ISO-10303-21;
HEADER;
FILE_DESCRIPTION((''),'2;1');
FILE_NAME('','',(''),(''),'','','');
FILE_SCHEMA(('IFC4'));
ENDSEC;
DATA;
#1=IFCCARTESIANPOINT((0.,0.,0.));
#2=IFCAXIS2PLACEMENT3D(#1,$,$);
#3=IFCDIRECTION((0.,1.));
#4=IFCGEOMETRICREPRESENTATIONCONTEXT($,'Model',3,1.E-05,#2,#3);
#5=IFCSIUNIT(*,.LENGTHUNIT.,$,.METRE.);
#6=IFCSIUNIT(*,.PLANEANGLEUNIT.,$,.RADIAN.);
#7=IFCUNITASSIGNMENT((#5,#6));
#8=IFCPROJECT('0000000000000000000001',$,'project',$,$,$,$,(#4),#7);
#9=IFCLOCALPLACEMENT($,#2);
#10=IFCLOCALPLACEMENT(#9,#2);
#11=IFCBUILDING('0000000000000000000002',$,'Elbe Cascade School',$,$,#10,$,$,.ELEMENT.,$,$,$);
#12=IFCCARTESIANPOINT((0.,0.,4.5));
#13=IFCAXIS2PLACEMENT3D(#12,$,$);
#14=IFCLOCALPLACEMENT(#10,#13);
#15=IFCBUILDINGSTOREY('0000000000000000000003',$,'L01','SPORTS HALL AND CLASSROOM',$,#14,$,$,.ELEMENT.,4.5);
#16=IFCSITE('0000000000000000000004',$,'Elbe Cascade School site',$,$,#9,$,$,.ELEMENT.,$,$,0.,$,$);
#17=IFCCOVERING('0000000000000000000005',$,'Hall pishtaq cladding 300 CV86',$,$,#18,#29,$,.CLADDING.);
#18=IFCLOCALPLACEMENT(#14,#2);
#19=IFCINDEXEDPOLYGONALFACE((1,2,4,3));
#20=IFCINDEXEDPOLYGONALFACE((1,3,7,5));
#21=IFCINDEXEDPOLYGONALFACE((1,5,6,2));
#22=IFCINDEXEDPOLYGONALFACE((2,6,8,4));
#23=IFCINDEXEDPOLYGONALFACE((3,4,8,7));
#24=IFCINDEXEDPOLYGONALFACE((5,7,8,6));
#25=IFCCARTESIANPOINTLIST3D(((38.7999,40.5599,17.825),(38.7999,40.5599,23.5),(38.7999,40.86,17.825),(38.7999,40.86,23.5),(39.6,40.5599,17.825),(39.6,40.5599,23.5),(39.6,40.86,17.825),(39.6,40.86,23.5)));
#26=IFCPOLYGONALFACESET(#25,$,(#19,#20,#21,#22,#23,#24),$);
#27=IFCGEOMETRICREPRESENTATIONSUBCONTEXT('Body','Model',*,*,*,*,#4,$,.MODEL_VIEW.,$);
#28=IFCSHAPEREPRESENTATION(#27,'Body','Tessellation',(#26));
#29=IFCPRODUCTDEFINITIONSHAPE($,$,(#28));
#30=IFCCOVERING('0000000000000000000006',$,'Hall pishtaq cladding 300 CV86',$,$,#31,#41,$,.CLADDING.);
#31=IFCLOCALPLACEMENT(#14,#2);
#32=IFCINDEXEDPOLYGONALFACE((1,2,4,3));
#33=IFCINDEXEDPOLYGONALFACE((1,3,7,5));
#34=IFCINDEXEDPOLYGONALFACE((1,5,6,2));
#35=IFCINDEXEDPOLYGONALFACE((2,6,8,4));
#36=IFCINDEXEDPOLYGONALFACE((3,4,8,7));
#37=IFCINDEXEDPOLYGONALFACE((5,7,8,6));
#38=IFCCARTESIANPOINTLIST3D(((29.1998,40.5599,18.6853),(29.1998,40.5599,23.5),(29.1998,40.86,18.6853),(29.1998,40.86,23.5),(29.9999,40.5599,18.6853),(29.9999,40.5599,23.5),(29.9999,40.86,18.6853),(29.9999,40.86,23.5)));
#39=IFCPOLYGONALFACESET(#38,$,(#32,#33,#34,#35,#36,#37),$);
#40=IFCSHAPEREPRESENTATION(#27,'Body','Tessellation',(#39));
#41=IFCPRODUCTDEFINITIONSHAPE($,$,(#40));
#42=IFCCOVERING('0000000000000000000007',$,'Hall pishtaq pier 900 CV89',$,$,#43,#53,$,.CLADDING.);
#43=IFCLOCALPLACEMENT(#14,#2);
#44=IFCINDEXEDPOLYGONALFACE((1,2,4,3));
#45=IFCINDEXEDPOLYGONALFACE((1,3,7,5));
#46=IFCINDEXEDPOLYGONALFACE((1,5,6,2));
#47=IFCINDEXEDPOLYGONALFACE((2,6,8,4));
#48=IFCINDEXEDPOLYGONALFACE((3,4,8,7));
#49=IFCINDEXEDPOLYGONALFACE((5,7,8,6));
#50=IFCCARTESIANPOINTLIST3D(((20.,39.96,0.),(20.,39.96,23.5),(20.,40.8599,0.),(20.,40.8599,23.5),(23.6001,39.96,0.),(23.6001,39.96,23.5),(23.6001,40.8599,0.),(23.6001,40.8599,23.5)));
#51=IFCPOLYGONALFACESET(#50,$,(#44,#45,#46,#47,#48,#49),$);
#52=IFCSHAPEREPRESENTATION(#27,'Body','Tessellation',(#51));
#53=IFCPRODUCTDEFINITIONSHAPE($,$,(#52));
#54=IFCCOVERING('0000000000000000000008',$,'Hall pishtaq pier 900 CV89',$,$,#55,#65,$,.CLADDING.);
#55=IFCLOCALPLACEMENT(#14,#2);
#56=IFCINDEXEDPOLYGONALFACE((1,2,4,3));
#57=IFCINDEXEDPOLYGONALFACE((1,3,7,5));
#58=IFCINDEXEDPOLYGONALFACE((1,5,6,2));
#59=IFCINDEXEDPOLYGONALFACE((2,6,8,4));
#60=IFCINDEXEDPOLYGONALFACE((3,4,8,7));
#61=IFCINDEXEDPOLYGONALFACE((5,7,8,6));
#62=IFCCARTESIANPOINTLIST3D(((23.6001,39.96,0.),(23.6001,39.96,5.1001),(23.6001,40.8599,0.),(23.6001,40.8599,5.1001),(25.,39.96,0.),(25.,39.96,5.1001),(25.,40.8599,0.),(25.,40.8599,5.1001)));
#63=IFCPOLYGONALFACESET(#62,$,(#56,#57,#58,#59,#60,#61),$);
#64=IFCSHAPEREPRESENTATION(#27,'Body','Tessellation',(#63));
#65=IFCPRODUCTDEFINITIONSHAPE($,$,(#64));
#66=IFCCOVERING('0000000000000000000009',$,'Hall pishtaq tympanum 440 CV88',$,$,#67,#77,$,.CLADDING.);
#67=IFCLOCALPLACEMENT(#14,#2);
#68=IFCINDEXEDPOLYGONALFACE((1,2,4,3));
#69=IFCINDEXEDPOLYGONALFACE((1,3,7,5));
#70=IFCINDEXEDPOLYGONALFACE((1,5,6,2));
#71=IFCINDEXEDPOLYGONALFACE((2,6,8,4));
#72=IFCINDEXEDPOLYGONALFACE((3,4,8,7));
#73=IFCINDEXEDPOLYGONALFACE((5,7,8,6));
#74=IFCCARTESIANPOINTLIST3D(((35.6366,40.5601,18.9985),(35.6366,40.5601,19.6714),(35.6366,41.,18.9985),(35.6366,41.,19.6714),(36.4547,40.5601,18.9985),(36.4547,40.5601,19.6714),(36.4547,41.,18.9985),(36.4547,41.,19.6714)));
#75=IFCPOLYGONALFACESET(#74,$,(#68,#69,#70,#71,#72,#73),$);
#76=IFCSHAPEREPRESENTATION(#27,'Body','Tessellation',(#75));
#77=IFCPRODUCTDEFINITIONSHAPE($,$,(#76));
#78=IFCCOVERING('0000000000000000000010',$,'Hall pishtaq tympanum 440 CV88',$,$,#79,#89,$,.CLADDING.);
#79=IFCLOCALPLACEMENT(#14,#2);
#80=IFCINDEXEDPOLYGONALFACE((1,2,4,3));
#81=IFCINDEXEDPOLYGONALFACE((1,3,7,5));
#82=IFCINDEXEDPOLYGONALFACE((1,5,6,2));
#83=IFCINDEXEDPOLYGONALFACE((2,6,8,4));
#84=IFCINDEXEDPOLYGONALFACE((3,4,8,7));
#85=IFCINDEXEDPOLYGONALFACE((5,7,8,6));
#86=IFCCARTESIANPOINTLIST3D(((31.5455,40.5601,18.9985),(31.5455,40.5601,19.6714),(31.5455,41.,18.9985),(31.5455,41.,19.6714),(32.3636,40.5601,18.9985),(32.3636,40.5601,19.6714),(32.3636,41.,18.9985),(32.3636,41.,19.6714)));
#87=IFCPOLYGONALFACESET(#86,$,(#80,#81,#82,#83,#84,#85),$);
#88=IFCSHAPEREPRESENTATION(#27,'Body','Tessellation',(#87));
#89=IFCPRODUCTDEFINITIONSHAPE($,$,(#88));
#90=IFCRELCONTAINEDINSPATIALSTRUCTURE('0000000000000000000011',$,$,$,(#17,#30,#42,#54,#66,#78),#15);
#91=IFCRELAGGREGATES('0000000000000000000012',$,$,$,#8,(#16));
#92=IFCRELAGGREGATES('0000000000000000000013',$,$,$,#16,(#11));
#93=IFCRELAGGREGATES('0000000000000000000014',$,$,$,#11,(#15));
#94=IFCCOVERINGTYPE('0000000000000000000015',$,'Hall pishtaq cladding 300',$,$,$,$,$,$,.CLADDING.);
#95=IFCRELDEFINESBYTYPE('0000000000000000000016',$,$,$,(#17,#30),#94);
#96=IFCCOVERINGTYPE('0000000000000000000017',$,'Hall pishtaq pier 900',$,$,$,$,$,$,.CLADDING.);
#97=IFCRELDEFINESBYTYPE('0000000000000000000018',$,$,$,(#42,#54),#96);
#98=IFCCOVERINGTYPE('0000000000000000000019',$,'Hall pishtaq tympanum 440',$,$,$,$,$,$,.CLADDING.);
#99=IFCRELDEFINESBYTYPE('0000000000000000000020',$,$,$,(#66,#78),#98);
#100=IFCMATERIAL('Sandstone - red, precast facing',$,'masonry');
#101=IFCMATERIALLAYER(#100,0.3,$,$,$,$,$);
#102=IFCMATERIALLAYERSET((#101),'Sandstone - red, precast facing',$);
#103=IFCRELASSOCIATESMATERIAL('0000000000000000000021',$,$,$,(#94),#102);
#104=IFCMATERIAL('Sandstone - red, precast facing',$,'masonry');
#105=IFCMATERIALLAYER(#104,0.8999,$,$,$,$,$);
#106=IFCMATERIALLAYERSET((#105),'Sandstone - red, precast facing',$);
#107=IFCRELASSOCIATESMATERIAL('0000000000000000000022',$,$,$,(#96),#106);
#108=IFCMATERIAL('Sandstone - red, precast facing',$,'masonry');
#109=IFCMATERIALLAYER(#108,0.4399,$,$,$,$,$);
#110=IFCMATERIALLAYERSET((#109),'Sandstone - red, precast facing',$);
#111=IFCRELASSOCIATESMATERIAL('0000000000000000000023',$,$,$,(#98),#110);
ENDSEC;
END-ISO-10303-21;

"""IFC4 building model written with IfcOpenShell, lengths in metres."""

from ifc_helpers import new_model, si_unit, direction, frame, frame_2d, origin, place, context, subcontext, project, spatial, rectangle, extrude, material, layer, layer_set, type_object, element, save


model = new_model("IFC4")

# Units and contexts
model_context = context("Model", 3, precision=1e-05, world=origin(), true_north=direction((0.0, 1.0)))
body_context = subcontext(model_context, "Body", "Model", "MODEL_VIEW")
ifc_project = project(units=[si_unit("LENGTHUNIT", "METRE"), si_unit("PLANEANGLEUNIT", "RADIAN")], contexts=[model_context])

# Site, building, storey
site_placement = place(None, origin())
site = spatial("IfcSite", under=ifc_project, at=site_placement, Name="Elbe Cascade School site", CompositionType="ELEMENT", RefElevation=0.0)
building_placement = place(site_placement, origin())
building = spatial("IfcBuilding", under=site, at=building_placement, Name="Elbe Cascade School", CompositionType="ELEMENT")
storey_placement = place(building_placement, frame((0.0, 0.0, 4.5)))
storey = spatial("IfcBuildingStorey", under=building, at=storey_placement, Name="L01", Description="SPORTS HALL AND CLASSROOM", CompositionType="ELEMENT", Elevation=4.5)

# Coverings
ifc_material_1 = material(Name="Sandstone - red, precast facing", Category="masonry")
ifc_layer_1 = layer(ifc_material_1, 0.3)
ifc_layer_set_1 = layer_set([ifc_layer_1], Name="Sandstone - red, precast facing")
covering_type_1 = type_object("IfcCoveringType", Name="Hall pishtaq cladding 300", PredefinedType="CLADDING", material=ifc_layer_set_1)
for number, where, z_axis, x_axis, name in (
    (1, (38.8, 40.71, 17.825), (0.0, 0.0, 1.0), (1.0, 0.0, 0.0), "Hall pishtaq cladding 300 CV86"),
):
    element("IfcCovering", number, at=place(storey_placement, frame(where, z_axis=z_axis, x_axis=x_axis)), inside=storey, type_object=covering_type_1, Name=name, PredefinedType="CLADDING", context=body_context, shape_type="SweptSolid", body=[
        extrude(rectangle(XDim=0.8, YDim=0.3, at=frame_2d((0.3999, 0.0))), origin(), (0.0, 0.0, 1.0), 5.675),
    ])
covering_1_placement = place(storey_placement, frame((29.2, 40.71, 18.6853), z_axis=(0.0, 0.0, 1.0), x_axis=(1.0, 0.0, 0.0)))
element("IfcCovering", 2, at=covering_1_placement, inside=storey, type_object=covering_type_1, Name="Hall pishtaq cladding 300 CV86", PredefinedType="CLADDING", context=body_context, shape_type="SweptSolid", body=[
    extrude(rectangle(XDim=0.8, YDim=0.3, at=frame_2d((0.3999, 0.0))), origin(), (0.0, 0.0, 1.0), 4.8147),
])
ifc_material_2 = material(Name="Sandstone - red, precast facing", Category="masonry")
ifc_layer_2 = layer(ifc_material_2, 0.8999)
ifc_layer_set_2 = layer_set([ifc_layer_2], Name="Sandstone - red, precast facing")
covering_type_2 = type_object("IfcCoveringType", Name="Hall pishtaq pier 900", PredefinedType="CLADDING", material=ifc_layer_set_2)
covering_2_placement = place(storey_placement, frame((20.0, 40.4099, 0.0), z_axis=(0.0, 0.0, 1.0), x_axis=(1.0, 0.0, 0.0)))
element("IfcCovering", 3, at=covering_2_placement, inside=storey, type_object=covering_type_2, Name="Hall pishtaq pier 900 CV89", PredefinedType="CLADDING", context=body_context, shape_type="SweptSolid", body=[
    extrude(rectangle(XDim=3.6001, YDim=0.8999, at=frame_2d((1.8, 0.0))), origin(), (0.0, 0.0, 1.0), 23.5),
])
covering_3_placement = place(storey_placement, frame((23.6001, 40.4099, 0.0), z_axis=(0.0, 0.0, 1.0), x_axis=(1.0, 0.0, 0.0)))
element("IfcCovering", 4, at=covering_3_placement, inside=storey, type_object=covering_type_2, Name="Hall pishtaq pier 900 CV89", PredefinedType="CLADDING", context=body_context, shape_type="SweptSolid", body=[
    extrude(rectangle(XDim=1.3999, YDim=0.8999, at=frame_2d((0.7, 0.0))), origin(), (0.0, 0.0, 1.0), 5.1001),
])
ifc_material_3 = material(Name="Sandstone - red, precast facing", Category="masonry")
ifc_layer_3 = layer(ifc_material_3, 0.4399)
ifc_layer_set_3 = layer_set([ifc_layer_3], Name="Sandstone - red, precast facing")
covering_type_3 = type_object("IfcCoveringType", Name="Hall pishtaq tympanum 440", PredefinedType="CLADDING", material=ifc_layer_set_3)
for number, where, z_axis, x_axis, name in (
    (5, (35.6365, 40.78, 18.9985), (0.0, 0.0, 1.0), (1.0, 0.0, 0.0), "Hall pishtaq tympanum 440 CV88"),
    (6, (31.5454, 40.78, 18.9985), (0.0, 0.0, 1.0), (1.0, 0.0, 0.0), "Hall pishtaq tympanum 440 CV88"),
):
    element("IfcCovering", number, at=place(storey_placement, frame(where, z_axis=z_axis, x_axis=x_axis)), inside=storey, type_object=covering_type_3, Name=name, PredefinedType="CLADDING", context=body_context, shape_type="SweptSolid", body=[
        extrude(rectangle(XDim=0.8181, YDim=0.4399, at=frame_2d((0.4092, 0.0))), origin(), (0.0, 0.0, 1.0), 0.6729),
    ])

save(model, "model.ifc")
